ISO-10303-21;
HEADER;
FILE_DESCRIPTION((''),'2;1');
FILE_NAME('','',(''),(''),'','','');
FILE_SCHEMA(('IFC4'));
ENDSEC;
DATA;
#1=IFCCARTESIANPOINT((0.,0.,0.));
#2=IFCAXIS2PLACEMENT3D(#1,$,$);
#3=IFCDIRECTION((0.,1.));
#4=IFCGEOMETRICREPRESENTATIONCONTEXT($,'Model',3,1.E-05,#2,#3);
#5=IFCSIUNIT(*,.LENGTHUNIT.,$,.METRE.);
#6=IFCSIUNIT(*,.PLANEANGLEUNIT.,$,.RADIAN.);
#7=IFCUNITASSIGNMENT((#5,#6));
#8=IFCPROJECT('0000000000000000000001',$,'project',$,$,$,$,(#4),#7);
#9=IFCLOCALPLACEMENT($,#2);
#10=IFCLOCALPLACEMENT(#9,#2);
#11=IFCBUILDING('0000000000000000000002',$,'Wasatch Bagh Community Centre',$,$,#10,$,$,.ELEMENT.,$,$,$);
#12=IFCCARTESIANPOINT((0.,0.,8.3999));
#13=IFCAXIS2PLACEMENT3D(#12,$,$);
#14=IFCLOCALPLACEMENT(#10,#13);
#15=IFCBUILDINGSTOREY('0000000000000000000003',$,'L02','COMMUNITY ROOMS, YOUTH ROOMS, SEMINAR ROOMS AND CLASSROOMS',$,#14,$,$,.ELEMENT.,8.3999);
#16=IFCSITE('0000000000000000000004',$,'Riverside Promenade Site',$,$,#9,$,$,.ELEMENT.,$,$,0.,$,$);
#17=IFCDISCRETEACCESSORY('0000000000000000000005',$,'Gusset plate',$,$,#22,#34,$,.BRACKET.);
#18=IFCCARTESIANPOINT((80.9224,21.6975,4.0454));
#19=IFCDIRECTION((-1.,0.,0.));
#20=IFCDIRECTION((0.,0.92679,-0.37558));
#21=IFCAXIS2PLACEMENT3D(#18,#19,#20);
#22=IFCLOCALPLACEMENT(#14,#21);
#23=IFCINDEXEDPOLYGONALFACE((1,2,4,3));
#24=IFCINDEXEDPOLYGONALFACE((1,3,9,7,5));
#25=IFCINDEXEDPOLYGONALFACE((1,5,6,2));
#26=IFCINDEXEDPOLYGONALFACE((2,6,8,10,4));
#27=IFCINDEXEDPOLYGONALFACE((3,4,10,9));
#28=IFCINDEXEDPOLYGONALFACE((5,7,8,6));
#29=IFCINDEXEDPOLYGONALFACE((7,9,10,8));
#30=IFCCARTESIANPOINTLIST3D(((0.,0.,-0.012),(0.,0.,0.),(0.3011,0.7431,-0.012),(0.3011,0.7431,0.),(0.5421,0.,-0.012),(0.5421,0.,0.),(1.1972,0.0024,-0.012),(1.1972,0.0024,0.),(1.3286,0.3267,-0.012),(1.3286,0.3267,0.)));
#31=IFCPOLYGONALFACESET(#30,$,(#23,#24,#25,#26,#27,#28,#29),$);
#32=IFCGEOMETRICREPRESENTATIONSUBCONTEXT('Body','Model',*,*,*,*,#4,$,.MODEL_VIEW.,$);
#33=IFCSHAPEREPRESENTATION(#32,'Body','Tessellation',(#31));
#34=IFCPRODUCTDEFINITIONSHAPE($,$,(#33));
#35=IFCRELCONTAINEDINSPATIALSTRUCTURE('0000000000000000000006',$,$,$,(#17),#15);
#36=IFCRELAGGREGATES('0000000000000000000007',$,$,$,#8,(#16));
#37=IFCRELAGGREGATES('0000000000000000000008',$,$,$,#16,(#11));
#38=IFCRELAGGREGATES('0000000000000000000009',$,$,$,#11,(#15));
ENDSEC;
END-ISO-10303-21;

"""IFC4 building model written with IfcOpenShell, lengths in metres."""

from ifc_helpers import new_model, si_unit, direction, frame, origin, place, context, subcontext, project, spatial, polyline, outline, extrude, element, save


model = new_model("IFC4")

# Units and contexts
model_context = context("Model", 3, precision=1e-05, world=origin(), true_north=direction((0.0, 1.0)))
body_context = subcontext(model_context, "Body", "Model", "MODEL_VIEW")
ifc_project = project(units=[si_unit("LENGTHUNIT", "METRE"), si_unit("PLANEANGLEUNIT", "RADIAN")], contexts=[model_context])

# Site, building, storey
site_placement = place(None, origin())
site = spatial("IfcSite", under=ifc_project, at=site_placement, Name="Riverside Promenade Site", CompositionType="ELEMENT", RefElevation=0.0)
building_placement = place(site_placement, origin())
building = spatial("IfcBuilding", under=site, at=building_placement, Name="Wasatch Bagh Community Centre", CompositionType="ELEMENT")
storey_placement = place(building_placement, frame((0.0, 0.0, 8.3999)))
storey = spatial("IfcBuildingStorey", under=building, at=storey_placement, Name="L02", Description="COMMUNITY ROOMS, YOUTH ROOMS, SEMINAR ROOMS AND CLASSROOMS", CompositionType="ELEMENT", Elevation=8.3999)

# Discrete accessory
discrete_accessory_1_placement = place(storey_placement, frame((80.9224, 21.6975, 4.0454), z_axis=(-1.0, 0.0, 0.0), x_axis=(0.0, 0.92679, -0.37558)))
element("IfcDiscreteAccessory", 1, at=discrete_accessory_1_placement, inside=storey, Name="Gusset plate", PredefinedType="BRACKET", context=body_context, shape_type="SweptSolid", body=[
    extrude(outline(polyline([(0.0, 0.0), (0.5421, 0.0), (1.1972, 0.0024), (1.3286, 0.3267), (0.3011, 0.7431), (0.0, 0.0)])), origin(), (0.0, 0.0, -1.0), 0.012),
])

save(model, "model.ifc")
